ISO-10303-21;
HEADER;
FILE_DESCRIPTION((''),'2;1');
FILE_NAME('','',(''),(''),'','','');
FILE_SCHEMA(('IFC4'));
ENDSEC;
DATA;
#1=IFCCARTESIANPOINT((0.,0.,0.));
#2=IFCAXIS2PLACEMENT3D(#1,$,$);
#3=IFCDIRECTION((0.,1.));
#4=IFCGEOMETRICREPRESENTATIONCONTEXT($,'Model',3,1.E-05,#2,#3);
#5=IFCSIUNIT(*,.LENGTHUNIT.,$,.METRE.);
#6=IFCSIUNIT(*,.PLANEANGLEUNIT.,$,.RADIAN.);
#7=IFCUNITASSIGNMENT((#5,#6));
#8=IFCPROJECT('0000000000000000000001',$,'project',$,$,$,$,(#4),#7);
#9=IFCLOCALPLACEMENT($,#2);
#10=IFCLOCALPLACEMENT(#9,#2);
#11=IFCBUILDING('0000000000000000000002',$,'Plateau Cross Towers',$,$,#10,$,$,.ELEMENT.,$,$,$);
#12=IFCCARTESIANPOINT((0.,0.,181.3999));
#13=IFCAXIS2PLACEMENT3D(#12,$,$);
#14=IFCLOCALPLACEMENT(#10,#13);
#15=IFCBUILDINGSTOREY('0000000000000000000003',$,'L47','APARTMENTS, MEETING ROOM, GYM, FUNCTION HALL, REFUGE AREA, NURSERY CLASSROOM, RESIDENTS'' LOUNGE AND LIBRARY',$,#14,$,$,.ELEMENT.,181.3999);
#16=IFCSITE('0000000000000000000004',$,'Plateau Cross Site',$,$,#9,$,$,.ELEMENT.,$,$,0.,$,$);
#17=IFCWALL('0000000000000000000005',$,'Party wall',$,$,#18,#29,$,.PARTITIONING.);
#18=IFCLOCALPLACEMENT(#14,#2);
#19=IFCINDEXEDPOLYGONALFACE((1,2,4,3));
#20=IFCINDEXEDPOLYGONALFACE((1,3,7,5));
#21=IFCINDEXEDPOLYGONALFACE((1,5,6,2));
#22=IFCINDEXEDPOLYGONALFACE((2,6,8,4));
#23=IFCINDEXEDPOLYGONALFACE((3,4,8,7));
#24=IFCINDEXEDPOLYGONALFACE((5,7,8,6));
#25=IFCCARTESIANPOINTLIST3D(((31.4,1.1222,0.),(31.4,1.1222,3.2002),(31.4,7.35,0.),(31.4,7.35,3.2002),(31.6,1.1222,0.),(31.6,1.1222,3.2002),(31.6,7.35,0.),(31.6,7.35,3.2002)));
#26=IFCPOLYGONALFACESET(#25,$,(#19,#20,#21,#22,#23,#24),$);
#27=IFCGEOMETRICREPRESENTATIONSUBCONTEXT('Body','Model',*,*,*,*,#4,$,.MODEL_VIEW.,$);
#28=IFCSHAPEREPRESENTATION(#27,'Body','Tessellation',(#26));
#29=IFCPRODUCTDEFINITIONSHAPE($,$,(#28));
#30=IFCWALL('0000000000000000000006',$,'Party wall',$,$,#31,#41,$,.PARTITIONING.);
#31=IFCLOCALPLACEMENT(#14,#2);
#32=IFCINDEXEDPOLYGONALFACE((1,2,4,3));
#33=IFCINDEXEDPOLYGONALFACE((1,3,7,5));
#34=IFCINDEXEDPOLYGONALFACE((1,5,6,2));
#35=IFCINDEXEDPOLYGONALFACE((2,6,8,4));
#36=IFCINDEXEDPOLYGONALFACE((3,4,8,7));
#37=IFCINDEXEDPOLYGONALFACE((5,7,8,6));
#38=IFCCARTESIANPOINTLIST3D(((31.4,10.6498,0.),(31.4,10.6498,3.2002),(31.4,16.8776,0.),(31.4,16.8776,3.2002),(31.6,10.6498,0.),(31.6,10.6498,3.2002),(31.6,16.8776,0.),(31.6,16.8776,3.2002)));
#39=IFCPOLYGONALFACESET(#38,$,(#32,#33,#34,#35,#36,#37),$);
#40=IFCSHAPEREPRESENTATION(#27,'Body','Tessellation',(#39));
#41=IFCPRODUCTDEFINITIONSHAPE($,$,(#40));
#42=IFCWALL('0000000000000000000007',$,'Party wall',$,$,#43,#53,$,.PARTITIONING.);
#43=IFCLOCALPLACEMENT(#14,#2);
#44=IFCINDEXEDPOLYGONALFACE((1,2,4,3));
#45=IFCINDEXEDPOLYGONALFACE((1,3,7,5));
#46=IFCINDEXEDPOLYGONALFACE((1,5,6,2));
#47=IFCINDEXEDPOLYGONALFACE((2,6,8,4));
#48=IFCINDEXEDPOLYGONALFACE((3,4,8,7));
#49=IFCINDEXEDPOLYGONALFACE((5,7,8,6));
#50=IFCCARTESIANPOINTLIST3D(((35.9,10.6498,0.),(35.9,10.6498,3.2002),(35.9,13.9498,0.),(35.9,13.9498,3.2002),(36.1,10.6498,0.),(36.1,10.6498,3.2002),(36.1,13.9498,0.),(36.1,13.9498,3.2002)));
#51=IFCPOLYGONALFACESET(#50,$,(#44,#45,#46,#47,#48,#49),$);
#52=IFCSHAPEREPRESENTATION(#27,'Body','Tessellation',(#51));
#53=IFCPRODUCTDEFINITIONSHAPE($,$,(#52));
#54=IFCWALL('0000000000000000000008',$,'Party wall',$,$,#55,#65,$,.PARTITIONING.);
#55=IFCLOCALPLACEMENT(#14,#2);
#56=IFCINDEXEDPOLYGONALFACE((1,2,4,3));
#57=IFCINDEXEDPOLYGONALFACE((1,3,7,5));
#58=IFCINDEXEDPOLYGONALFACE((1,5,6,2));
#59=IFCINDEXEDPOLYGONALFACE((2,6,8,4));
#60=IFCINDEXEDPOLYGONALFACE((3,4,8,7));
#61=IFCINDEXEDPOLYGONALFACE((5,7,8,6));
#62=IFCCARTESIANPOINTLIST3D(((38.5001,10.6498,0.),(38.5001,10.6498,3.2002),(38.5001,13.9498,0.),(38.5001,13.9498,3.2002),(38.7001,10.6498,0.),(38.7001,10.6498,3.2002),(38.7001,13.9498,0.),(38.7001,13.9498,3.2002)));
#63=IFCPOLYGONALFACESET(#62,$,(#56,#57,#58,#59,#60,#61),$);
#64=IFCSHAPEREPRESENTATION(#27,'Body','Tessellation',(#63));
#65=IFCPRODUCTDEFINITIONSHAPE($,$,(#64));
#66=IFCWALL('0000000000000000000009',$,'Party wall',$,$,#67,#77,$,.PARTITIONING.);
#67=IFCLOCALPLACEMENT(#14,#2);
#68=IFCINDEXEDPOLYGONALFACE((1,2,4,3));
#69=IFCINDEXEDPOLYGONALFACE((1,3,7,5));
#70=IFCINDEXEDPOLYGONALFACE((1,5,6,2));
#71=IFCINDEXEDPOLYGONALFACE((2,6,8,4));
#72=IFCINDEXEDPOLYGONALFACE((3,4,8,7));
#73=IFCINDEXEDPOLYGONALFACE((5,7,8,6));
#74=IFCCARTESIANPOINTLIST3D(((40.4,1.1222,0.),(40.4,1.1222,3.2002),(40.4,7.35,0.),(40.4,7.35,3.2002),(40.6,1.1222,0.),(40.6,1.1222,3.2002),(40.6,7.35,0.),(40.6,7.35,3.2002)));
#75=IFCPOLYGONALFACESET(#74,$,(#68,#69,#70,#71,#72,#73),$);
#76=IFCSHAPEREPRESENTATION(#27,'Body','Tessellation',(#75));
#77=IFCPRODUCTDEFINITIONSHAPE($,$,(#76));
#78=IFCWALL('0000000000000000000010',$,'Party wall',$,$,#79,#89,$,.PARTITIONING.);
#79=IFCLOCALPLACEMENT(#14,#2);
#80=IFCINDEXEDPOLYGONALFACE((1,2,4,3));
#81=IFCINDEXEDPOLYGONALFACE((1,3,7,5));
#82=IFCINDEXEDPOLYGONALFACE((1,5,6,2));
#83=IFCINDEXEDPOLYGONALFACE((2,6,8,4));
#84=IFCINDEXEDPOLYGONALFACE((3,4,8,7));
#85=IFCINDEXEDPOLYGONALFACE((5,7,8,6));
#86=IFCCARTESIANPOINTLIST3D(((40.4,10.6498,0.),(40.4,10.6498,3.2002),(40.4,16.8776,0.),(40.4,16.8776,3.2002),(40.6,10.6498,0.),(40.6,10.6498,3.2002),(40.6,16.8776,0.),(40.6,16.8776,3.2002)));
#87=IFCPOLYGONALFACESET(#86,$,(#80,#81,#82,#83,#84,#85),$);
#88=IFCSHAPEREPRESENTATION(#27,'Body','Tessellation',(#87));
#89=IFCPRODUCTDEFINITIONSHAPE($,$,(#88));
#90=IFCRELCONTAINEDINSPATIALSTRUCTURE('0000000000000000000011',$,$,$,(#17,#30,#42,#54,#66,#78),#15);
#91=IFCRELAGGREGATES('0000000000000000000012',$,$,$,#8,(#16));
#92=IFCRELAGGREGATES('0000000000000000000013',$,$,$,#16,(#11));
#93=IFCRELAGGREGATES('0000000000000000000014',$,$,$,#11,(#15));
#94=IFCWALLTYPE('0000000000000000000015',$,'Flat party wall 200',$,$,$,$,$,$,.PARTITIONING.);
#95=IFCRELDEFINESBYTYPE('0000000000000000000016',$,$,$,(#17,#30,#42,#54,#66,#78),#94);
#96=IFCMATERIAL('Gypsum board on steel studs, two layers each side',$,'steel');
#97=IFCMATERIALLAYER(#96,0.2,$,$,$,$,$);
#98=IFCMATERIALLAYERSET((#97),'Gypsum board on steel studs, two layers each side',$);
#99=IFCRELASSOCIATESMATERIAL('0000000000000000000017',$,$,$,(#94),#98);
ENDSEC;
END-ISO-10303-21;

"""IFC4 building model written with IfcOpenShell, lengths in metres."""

from ifc_helpers import new_model, si_unit, direction, frame, frame_2d, origin, place, context, subcontext, project, spatial, rectangle, extrude, material, layer, layer_set, type_object, element, save


model = new_model("IFC4")

# Units and contexts
model_context = context("Model", 3, precision=1e-05, world=origin(), true_north=direction((0.0, 1.0)))
body_context = subcontext(model_context, "Body", "Model", "MODEL_VIEW")
ifc_project = project(units=[si_unit("LENGTHUNIT", "METRE"), si_unit("PLANEANGLEUNIT", "RADIAN")], contexts=[model_context])

# Site, building, storey
site_placement = place(None, origin())
site = spatial("IfcSite", under=ifc_project, at=site_placement, Name="Plateau Cross Site", CompositionType="ELEMENT", RefElevation=0.0)
building_placement = place(site_placement, origin())
building = spatial("IfcBuilding", under=site, at=building_placement, Name="Plateau Cross Towers", CompositionType="ELEMENT")
storey_placement = place(building_placement, frame((0.0, 0.0, 181.3999)))
storey = spatial("IfcBuildingStorey", under=building, at=storey_placement, Name="L47", Description="APARTMENTS, MEETING ROOM, GYM, FUNCTION HALL, REFUGE AREA, NURSERY CLASSROOM, RESIDENTS' LOUNGE AND LIBRARY", CompositionType="ELEMENT", Elevation=181.3999)

# Walls
ifc_material_1 = material(Name="Gypsum board on steel studs, two layers each side", Category="steel")
ifc_layer_1 = layer(ifc_material_1, 0.2)
ifc_layer_set_1 = layer_set([ifc_layer_1], Name="Gypsum board on steel studs, two layers each side")
wall_type = type_object("IfcWallType", Name="Flat party wall 200", PredefinedType="PARTITIONING", material=ifc_layer_set_1)
for number, where, z_axis, x_axis, name in (
    (1, (31.5, 1.1223, 0.0), (0.0, 0.0, 1.0), (0.0, 1.0, 0.0), "Party wall"),
    (2, (31.5, 10.6499, 0.0), (0.0, 0.0, 1.0), (0.0, 1.0, 0.0), "Party wall"),
):
    element("IfcWall", number, at=place(storey_placement, frame(where, z_axis=z_axis, x_axis=x_axis)), inside=storey, type_object=wall_type, Name=name, PredefinedType="PARTITIONING", context=body_context, shape_type="SweptSolid", body=[
        extrude(rectangle(XDim=6.2278, YDim=0.2, at=frame_2d((3.1138, 0.0))), origin(), (0.0, 0.0, 1.0), 3.2002),
    ])
for number, where, z_axis, x_axis, name in (
    (3, (36.0, 10.6499, 0.0), (0.0, 0.0, 1.0), (0.0, 1.0, 0.0), "Party wall"),
    (4, (38.6001, 10.6499, 0.0), (0.0, 0.0, 1.0), (0.0, 1.0, 0.0), "Party wall"),
):
    element("IfcWall", number, at=place(storey_placement, frame(where, z_axis=z_axis, x_axis=x_axis)), inside=storey, type_object=wall_type, Name=name, PredefinedType="PARTITIONING", context=body_context, shape_type="SweptSolid", body=[
        extrude(rectangle(XDim=3.3, YDim=0.2, at=frame_2d((1.6499, 0.0))), origin(), (0.0, 0.0, 1.0), 3.2002),
    ])
for number, where, z_axis, x_axis, name in (
    (5, (40.5, 1.1223, 0.0), (0.0, 0.0, 1.0), (0.0, 1.0, 0.0), "Party wall"),
    (6, (40.5, 10.6499, 0.0), (0.0, 0.0, 1.0), (0.0, 1.0, 0.0), "Party wall"),
):
    element("IfcWall", number, at=place(storey_placement, frame(where, z_axis=z_axis, x_axis=x_axis)), inside=storey, type_object=wall_type, Name=name, PredefinedType="PARTITIONING", context=body_context, shape_type="SweptSolid", body=[
        extrude(rectangle(XDim=6.2278, YDim=0.2, at=frame_2d((3.1138, 0.0))), origin(), (0.0, 0.0, 1.0), 3.2002),
    ])

save(model, "model.ifc")
